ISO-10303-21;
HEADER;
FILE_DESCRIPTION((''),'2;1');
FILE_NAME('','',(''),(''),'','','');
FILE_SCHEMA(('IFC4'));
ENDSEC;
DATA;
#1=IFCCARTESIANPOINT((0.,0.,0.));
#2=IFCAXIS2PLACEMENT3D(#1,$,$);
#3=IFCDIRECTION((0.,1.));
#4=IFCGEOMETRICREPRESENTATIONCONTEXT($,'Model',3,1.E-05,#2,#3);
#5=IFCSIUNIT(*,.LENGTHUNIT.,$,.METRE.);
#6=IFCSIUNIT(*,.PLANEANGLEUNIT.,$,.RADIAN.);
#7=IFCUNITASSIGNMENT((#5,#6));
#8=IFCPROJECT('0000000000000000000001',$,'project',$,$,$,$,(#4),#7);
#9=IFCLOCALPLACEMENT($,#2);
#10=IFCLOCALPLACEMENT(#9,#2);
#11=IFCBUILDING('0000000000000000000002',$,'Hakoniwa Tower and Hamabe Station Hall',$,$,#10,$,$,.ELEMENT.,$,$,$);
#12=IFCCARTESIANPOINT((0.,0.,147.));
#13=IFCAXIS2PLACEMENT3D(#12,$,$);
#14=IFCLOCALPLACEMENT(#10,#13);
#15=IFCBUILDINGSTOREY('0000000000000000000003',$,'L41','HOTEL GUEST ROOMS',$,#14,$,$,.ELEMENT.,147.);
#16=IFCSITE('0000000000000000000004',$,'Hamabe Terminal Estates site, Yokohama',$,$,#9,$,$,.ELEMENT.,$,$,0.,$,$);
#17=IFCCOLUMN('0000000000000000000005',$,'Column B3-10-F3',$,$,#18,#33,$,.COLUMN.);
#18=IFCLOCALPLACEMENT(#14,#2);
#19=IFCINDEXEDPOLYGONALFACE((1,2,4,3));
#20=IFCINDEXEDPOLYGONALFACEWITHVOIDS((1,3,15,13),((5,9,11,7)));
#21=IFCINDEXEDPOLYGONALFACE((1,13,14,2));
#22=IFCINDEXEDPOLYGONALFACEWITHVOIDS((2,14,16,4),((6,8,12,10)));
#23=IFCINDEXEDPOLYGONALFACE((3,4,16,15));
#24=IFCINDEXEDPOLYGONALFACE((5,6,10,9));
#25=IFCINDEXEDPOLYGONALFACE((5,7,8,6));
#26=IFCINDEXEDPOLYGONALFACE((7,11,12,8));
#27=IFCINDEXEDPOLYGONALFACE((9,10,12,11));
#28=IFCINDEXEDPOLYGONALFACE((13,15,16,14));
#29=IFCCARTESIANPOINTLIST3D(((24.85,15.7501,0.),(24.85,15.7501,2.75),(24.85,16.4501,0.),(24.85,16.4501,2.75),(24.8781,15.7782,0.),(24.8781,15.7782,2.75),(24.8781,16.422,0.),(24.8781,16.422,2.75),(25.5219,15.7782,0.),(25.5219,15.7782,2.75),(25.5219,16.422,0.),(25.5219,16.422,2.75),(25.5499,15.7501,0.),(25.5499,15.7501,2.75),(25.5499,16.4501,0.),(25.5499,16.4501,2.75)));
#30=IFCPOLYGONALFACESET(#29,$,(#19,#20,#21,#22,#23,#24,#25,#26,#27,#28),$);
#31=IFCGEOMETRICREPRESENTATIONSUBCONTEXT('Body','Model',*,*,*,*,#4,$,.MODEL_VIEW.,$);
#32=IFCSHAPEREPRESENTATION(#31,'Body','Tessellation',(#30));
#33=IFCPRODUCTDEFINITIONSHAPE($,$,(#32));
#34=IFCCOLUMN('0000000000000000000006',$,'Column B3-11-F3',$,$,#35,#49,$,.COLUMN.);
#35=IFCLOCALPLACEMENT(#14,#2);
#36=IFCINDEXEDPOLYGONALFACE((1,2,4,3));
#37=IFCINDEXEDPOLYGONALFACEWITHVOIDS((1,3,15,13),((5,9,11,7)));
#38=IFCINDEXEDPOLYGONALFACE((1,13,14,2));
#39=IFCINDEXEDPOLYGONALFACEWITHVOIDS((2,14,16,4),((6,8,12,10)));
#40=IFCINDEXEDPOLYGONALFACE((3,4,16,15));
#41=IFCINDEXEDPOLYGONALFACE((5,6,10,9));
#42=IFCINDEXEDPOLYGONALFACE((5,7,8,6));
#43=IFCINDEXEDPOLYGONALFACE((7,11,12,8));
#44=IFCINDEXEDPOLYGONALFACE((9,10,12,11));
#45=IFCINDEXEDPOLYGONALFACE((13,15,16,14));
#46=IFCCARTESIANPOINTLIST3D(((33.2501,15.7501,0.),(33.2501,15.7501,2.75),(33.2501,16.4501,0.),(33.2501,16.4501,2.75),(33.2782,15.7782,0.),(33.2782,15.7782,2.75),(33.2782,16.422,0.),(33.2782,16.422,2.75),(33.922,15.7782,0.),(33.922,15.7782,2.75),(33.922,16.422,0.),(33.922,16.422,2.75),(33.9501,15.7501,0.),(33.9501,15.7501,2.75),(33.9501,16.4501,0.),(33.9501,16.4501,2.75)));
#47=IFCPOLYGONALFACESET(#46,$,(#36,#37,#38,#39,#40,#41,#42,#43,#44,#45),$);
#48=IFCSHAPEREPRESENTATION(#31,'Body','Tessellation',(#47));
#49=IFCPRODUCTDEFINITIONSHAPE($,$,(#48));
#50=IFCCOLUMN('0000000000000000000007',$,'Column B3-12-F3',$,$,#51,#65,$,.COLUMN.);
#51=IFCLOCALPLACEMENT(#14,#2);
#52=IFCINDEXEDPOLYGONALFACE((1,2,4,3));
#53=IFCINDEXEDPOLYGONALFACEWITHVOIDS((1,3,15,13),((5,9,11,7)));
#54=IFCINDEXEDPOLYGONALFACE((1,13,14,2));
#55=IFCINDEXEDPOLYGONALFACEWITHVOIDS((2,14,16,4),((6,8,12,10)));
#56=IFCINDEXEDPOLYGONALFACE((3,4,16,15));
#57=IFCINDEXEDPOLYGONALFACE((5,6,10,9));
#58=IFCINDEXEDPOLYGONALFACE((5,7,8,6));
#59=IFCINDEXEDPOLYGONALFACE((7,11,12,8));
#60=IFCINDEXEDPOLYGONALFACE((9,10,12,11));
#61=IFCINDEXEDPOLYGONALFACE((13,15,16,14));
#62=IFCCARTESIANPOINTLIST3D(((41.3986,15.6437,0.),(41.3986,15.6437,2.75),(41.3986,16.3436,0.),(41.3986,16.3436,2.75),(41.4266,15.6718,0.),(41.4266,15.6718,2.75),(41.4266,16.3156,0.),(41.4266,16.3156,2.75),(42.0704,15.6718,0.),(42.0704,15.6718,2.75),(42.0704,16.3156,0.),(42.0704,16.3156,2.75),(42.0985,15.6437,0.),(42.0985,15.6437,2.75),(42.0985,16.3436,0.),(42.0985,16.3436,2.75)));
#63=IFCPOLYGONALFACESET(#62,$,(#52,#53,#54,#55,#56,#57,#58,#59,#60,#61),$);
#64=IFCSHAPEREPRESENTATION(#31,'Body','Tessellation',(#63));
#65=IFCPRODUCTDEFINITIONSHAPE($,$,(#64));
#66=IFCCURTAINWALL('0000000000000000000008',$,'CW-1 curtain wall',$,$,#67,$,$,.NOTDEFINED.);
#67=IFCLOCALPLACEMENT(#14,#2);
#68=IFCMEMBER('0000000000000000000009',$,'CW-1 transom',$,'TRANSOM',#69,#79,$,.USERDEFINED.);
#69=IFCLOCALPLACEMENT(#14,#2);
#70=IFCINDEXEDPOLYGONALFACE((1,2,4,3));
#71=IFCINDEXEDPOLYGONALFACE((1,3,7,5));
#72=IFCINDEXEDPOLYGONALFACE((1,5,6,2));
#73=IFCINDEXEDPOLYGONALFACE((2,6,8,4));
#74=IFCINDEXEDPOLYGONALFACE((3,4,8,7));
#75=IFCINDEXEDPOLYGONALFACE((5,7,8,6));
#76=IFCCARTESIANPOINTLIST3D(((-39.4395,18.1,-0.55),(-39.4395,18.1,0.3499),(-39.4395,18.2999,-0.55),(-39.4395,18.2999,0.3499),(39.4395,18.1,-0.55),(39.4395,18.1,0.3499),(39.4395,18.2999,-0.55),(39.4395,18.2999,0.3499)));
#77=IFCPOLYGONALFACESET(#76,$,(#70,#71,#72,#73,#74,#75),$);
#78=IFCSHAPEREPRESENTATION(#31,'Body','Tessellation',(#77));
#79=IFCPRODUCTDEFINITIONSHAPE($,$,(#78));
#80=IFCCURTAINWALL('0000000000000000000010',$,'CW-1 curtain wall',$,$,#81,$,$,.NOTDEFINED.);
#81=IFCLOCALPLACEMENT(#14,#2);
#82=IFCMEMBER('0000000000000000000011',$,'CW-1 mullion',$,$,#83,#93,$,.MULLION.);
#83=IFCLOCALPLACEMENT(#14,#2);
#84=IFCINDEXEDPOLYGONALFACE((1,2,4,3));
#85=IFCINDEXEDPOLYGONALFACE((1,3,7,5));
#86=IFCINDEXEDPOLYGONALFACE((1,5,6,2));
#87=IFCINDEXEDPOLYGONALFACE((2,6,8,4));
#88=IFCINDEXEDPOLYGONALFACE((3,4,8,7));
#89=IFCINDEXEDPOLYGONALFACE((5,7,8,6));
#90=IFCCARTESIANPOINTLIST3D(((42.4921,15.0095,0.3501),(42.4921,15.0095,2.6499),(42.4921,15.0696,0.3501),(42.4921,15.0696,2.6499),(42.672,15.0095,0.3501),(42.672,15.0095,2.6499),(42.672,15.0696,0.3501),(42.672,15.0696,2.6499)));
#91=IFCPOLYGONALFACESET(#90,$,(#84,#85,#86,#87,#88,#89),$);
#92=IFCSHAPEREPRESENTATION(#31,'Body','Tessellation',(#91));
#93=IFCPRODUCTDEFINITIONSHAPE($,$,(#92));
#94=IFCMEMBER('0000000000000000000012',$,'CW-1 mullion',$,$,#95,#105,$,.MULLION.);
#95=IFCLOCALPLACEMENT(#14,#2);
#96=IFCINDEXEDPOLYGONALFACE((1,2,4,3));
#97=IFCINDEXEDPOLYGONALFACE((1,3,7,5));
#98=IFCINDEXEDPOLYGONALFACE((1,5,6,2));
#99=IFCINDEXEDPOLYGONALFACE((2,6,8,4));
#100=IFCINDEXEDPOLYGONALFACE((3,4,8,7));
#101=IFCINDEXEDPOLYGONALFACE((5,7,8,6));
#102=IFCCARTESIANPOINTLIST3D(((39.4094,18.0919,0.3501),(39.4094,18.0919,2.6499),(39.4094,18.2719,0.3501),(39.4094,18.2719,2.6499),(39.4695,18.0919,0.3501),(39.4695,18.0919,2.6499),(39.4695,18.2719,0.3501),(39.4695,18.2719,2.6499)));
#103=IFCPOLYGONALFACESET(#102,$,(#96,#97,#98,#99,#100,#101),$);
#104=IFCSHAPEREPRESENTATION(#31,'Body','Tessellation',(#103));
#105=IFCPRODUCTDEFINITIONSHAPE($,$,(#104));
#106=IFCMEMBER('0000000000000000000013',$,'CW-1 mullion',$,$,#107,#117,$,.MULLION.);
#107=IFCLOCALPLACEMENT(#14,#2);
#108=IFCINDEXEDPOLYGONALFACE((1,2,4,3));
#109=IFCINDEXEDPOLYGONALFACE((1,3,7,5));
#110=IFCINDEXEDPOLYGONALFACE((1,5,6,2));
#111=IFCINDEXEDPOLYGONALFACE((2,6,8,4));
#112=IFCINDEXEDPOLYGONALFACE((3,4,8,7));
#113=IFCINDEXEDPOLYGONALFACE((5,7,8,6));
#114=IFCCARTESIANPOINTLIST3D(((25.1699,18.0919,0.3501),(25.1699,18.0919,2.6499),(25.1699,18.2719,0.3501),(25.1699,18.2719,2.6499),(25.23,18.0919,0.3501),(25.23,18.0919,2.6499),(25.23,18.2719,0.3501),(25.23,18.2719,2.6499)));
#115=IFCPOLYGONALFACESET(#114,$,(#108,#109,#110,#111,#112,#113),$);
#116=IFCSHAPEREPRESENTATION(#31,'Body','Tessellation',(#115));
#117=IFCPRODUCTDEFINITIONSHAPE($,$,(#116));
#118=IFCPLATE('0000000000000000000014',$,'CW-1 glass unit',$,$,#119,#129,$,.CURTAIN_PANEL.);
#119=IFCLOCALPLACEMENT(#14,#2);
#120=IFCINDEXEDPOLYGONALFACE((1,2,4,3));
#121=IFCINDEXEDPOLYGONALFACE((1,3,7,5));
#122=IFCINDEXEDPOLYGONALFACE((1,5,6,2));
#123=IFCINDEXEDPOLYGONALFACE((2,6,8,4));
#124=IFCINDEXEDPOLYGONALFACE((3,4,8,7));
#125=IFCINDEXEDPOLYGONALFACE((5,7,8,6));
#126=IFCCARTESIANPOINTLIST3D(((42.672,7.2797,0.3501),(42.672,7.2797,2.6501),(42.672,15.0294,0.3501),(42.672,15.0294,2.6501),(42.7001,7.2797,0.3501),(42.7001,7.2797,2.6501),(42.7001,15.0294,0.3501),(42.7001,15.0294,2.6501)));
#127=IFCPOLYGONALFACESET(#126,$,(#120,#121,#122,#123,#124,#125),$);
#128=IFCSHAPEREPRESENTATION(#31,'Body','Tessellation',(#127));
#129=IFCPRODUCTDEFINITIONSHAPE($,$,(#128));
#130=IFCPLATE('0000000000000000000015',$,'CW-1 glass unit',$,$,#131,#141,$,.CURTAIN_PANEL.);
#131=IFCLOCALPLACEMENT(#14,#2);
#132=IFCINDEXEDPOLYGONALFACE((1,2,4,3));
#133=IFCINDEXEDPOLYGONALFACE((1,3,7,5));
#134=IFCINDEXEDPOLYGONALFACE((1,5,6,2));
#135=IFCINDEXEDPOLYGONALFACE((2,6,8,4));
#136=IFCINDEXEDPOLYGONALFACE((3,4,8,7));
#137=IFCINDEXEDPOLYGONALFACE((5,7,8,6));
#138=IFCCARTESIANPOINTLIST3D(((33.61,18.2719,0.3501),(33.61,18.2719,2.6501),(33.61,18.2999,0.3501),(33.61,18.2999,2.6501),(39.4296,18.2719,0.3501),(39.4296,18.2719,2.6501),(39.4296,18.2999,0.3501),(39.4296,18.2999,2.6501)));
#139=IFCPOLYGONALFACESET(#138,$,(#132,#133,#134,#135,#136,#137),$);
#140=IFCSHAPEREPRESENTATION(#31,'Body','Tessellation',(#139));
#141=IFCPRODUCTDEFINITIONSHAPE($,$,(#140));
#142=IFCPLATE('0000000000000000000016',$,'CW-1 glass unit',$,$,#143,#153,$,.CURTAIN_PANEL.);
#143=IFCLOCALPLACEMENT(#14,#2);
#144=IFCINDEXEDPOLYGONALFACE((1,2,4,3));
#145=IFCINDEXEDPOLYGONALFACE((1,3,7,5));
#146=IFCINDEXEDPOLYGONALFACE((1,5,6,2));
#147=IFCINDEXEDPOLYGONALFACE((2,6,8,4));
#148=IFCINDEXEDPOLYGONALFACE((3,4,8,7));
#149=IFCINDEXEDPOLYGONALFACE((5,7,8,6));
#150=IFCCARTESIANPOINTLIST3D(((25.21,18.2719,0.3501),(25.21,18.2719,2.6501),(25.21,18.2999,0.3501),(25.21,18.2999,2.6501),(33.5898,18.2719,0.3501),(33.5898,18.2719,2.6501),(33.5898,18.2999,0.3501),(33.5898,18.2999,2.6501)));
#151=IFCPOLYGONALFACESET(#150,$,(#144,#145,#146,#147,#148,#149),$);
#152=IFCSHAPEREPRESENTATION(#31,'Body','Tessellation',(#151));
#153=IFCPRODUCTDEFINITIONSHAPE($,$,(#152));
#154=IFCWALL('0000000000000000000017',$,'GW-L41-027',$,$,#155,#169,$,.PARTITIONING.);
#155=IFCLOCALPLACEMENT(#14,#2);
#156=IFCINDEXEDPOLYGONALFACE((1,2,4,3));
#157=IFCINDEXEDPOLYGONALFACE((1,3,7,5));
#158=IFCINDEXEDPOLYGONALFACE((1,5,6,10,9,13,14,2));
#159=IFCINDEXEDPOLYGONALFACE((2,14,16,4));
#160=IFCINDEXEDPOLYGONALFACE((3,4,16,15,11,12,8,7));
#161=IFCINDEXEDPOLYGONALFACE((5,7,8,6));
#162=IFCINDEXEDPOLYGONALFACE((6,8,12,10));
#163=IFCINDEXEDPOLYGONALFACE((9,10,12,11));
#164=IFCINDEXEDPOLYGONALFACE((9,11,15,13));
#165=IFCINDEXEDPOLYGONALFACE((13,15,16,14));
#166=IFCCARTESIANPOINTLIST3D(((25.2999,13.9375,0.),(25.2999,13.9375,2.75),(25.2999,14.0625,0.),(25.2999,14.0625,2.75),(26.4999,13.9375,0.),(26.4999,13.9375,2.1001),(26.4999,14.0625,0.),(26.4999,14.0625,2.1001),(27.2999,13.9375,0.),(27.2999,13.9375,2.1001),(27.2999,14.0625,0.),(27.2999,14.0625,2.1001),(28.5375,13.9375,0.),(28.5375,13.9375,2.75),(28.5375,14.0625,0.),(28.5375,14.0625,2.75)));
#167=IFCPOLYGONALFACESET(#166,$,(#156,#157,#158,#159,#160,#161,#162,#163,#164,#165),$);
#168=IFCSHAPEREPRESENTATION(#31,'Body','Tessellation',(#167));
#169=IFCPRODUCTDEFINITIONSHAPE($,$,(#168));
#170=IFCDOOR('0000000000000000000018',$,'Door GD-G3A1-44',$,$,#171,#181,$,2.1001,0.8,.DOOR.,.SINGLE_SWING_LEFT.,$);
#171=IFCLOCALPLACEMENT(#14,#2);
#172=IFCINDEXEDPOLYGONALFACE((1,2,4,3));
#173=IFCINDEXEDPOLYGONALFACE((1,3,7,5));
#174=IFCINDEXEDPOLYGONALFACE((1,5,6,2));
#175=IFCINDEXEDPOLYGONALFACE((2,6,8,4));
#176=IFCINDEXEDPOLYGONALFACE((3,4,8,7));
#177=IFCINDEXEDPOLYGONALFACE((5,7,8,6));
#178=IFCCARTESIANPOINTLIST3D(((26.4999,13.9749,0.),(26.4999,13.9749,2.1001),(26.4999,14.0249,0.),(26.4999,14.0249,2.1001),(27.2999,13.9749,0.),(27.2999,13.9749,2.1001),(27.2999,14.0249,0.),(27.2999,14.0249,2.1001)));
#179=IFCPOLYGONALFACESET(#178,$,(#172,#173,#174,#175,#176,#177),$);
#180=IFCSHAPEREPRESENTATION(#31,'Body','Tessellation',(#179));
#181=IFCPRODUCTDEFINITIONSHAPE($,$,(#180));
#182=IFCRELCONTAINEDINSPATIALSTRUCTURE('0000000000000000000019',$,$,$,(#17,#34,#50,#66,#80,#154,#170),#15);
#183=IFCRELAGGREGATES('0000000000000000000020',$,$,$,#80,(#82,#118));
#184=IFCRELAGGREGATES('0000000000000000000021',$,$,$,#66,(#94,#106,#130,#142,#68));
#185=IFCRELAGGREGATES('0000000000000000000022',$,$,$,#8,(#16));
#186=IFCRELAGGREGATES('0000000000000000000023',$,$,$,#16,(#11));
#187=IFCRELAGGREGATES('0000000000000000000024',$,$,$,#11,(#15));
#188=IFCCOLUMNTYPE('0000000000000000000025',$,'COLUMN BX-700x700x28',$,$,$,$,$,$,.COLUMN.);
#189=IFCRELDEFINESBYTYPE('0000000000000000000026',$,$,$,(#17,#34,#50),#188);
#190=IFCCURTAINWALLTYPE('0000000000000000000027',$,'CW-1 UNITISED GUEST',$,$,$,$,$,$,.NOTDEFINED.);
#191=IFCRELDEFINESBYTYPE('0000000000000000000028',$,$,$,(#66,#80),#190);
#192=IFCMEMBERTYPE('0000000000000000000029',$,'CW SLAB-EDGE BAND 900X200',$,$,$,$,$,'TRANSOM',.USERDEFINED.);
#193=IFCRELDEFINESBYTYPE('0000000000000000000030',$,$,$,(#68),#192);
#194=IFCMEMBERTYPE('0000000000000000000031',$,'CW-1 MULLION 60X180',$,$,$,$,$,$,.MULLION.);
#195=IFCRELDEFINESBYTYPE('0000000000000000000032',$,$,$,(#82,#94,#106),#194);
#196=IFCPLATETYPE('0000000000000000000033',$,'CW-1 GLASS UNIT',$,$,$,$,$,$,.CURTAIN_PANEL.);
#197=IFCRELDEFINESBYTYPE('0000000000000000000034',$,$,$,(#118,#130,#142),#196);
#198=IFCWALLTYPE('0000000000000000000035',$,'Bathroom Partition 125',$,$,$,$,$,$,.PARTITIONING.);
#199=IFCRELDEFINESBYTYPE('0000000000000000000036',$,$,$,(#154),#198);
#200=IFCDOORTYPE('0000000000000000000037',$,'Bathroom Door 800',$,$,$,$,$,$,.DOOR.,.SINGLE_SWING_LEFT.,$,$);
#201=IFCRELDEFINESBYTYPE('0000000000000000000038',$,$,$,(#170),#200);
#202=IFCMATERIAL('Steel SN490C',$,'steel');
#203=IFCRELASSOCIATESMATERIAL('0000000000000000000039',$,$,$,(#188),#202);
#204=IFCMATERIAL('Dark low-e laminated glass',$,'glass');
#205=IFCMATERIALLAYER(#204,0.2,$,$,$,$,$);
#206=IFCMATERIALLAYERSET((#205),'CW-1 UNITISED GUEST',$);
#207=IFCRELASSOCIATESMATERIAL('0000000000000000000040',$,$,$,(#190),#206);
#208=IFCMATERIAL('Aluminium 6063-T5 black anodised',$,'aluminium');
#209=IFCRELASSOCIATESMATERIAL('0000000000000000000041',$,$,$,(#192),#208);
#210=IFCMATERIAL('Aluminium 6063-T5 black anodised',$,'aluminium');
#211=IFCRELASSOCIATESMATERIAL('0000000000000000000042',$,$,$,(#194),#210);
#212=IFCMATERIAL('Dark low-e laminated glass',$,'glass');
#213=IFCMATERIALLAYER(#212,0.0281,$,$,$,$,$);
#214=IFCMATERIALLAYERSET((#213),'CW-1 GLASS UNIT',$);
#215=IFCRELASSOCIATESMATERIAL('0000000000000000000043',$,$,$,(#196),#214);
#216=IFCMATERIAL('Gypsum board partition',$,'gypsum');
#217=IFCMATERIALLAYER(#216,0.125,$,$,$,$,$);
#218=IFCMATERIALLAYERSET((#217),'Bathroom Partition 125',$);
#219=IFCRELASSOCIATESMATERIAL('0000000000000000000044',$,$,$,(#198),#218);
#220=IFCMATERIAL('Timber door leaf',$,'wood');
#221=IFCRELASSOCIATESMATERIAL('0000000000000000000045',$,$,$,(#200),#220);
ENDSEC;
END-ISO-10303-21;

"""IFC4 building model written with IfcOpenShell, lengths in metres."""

from ifc_helpers import new_model, si_unit, direction, frame, frame_2d, origin, origin_2d, place, context, subcontext, project, spatial, rectangle, hollow_rectangle, extrude, material, layer, layer_set, material_profile, profile_set, type_object, element, fill, aggregate, save


model = new_model("IFC4")

# Units and contexts
model_context = context("Model", 3, precision=1e-05, world=origin(), true_north=direction((0.0, 1.0)))
body_context = subcontext(model_context, "Body", "Model", "MODEL_VIEW")
ifc_project = project(units=[si_unit("LENGTHUNIT", "METRE"), si_unit("PLANEANGLEUNIT", "RADIAN")], contexts=[model_context])

# Site, building, storey
site_placement = place(None, origin())
site = spatial("IfcSite", under=ifc_project, at=site_placement, Name="Hamabe Terminal Estates site, Yokohama", CompositionType="ELEMENT", RefElevation=0.0)
building_placement = place(site_placement, origin())
building = spatial("IfcBuilding", under=site, at=building_placement, Name="Hakoniwa Tower and Hamabe Station Hall", CompositionType="ELEMENT")
storey_placement = place(building_placement, frame((0.0, 0.0, 147.0)))
storey = spatial("IfcBuildingStorey", under=building, at=storey_placement, Name="L41", Description="HOTEL GUEST ROOMS", CompositionType="ELEMENT", Elevation=147.0)

# Columns
ifc_material_1 = material(Name="Steel SN490C", Category="steel")
ifc_material_profile_1 = material_profile(ifc_material_1, hollow_rectangle(XDim=0.7, YDim=0.7, WallThickness=0.0281, at=origin_2d()), Name="BX-700x700x28")
ifc_profile_set_1 = profile_set([ifc_material_profile_1], Name="Steel SN490C")
column_type = type_object("IfcColumnType", Name="COLUMN BX-700x700x28", PredefinedType="COLUMN", material=ifc_profile_set_1)
for number, where, z_axis, x_axis, name in (
    (1, (25.2, 16.1001, 0.0), (0.0, 0.0, 1.0), (1.0, 0.0, 0.0), "Column B3-10-F3"),
    (2, (33.6001, 16.1001, 0.0), (0.0, 0.0, 1.0), (1.0, 0.0, 0.0), "Column B3-11-F3"),
    (3, (41.7485, 15.9937, 0.0), (0.0, 0.0, 1.0), (1.0, 0.0, 0.0), "Column B3-12-F3"),
):
    element("IfcColumn", number, at=place(storey_placement, frame(where, z_axis=z_axis, x_axis=x_axis)), inside=storey, type_object=column_type, Name=name, PredefinedType="COLUMN", context=body_context, shape_type="SweptSolid", body=[
        extrude(hollow_rectangle(XDim=0.7, YDim=0.7, WallThickness=0.0281, at=origin_2d()), origin(), (0.0, 0.0, 1.0), 2.75),
    ])

# Curtain walls, members
ifc_material_2 = material(Name="Dark low-e laminated glass", Category="glass")
ifc_layer_1 = layer(ifc_material_2, 0.2)
ifc_layer_set_1 = layer_set([ifc_layer_1], Name="CW-1 UNITISED GUEST")
curtain_wall_type = type_object("IfcCurtainWallType", Name="CW-1 UNITISED GUEST", PredefinedType="NOTDEFINED", material=ifc_layer_set_1)
curtain_wall_1_placement = place(storey_placement, origin())
curtain_wall_1 = element("IfcCurtainWall", 4, at=curtain_wall_1_placement, inside=storey, type_object=curtain_wall_type, Name="CW-1 curtain wall", PredefinedType="NOTDEFINED")
ifc_material_3 = material(Name="Aluminium 6063-T5 black anodised", Category="aluminium")
ifc_material_profile_2 = material_profile(ifc_material_3, rectangle(XDim=0.2, YDim=0.8999, at=origin_2d()), Name="CW SLAB-EDGE BAND 900X200")
ifc_profile_set_2 = profile_set([ifc_material_profile_2], Name="Aluminium 6063-T5 black anodised")
member_type_1 = type_object("IfcMemberType", Name="CW SLAB-EDGE BAND 900X200", ElementType="TRANSOM", PredefinedType="USERDEFINED", material=ifc_profile_set_2)
member_1_placement = place(storey_placement, frame((39.4395, 18.2, -0.1001), z_axis=(-1.0, 0.0, 0.0), x_axis=(0.0, -1.0, 0.0)))
member_1 = element("IfcMember", 5, at=member_1_placement, type_object=member_type_1, Name="CW-1 transom", ObjectType="TRANSOM", PredefinedType="USERDEFINED", context=body_context, shape_type="SweptSolid", body=[
    extrude(rectangle(XDim=0.2, YDim=0.8999, at=origin_2d()), origin(), (0.0, 0.0, 1.0), 78.8789),
])
curtain_wall_2_placement = place(storey_placement, origin())
curtain_wall_2 = element("IfcCurtainWall", 6, at=curtain_wall_2_placement, inside=storey, type_object=curtain_wall_type, Name="CW-1 curtain wall", PredefinedType="NOTDEFINED")
ifc_material_4 = material(Name="Aluminium 6063-T5 black anodised", Category="aluminium")
ifc_material_profile_3 = material_profile(ifc_material_4, rectangle(XDim=0.0601, YDim=0.1799, at=origin_2d()), Name="CW-1 MULLION 60X180")
ifc_profile_set_3 = profile_set([ifc_material_profile_3], Name="Aluminium 6063-T5 black anodised")
member_type_2 = type_object("IfcMemberType", Name="CW-1 MULLION 60X180", PredefinedType="MULLION", material=ifc_profile_set_3)
member_2_placement = place(storey_placement, frame((42.582, 15.0396, 0.3501), z_axis=(0.0, 0.0, 1.0), x_axis=(0.0, 1.0, 0.0)))
member_2 = element("IfcMember", 7, at=member_2_placement, type_object=member_type_2, Name="CW-1 mullion", PredefinedType="MULLION", context=body_context, shape_type="SweptSolid", body=[
    extrude(rectangle(XDim=0.0601, YDim=0.1799, at=origin_2d()), origin(), (0.0, 0.0, 1.0), 2.2998),
])

# Members
member_3_placement = place(storey_placement, frame((39.4395, 18.1819, 0.3501), z_axis=(0.0, 0.0, 1.0), x_axis=(-1.0, 0.0, 0.0)))
member_3 = element("IfcMember", 8, at=member_3_placement, type_object=member_type_2, Name="CW-1 mullion", PredefinedType="MULLION", context=body_context, shape_type="SweptSolid", body=[
    extrude(rectangle(XDim=0.0601, YDim=0.1799, at=origin_2d()), origin(), (0.0, 0.0, 1.0), 2.2998),
])
member_4_placement = place(storey_placement, frame((25.2, 18.1819, 0.3501), z_axis=(0.0, 0.0, 1.0), x_axis=(-1.0, 0.0, 0.0)))
member_4 = element("IfcMember", 9, at=member_4_placement, type_object=member_type_2, Name="CW-1 mullion", PredefinedType="MULLION", context=body_context, shape_type="SweptSolid", body=[
    extrude(rectangle(XDim=0.0601, YDim=0.1799, at=origin_2d()), origin(), (0.0, 0.0, 1.0), 2.2998),
])

# Plates
ifc_material_5 = material(Name="Dark low-e laminated glass", Category="glass")
ifc_layer_2 = layer(ifc_material_5, 0.0281)
ifc_layer_set_2 = layer_set([ifc_layer_2], Name="CW-1 GLASS UNIT")
plate_type = type_object("IfcPlateType", Name="CW-1 GLASS UNIT", PredefinedType="CURTAIN_PANEL", material=ifc_layer_set_2)
plate_1_placement = place(storey_placement, frame((42.686, 11.1545, 0.3501), z_axis=(0.0, 0.0, 1.0), x_axis=(0.0, 1.0, 0.0)))
plate_1 = element("IfcPlate", 10, at=plate_1_placement, type_object=plate_type, Name="CW-1 glass unit", PredefinedType="CURTAIN_PANEL", context=body_context, shape_type="SweptSolid", body=[
    extrude(rectangle(XDim=7.7498, YDim=0.0281, at=origin_2d()), origin(), (0.0, 0.0, 1.0), 2.3),
])
aggregate(curtain_wall_2, [member_2, plate_1])
plate_2_placement = place(storey_placement, frame((36.5198, 18.2859, 0.3501), z_axis=(0.0, 0.0, 1.0), x_axis=(-1.0, 0.0, 0.0)))
plate_2 = element("IfcPlate", 11, at=plate_2_placement, type_object=plate_type, Name="CW-1 glass unit", PredefinedType="CURTAIN_PANEL", context=body_context, shape_type="SweptSolid", body=[
    extrude(rectangle(XDim=5.8196, YDim=0.0281, at=origin_2d()), origin(), (0.0, 0.0, 1.0), 2.3),
])
plate_3_placement = place(storey_placement, frame((29.3999, 18.2859, 0.3501), z_axis=(0.0, 0.0, 1.0), x_axis=(-1.0, 0.0, 0.0)))
plate_3 = element("IfcPlate", 12, at=plate_3_placement, type_object=plate_type, Name="CW-1 glass unit", PredefinedType="CURTAIN_PANEL", context=body_context, shape_type="SweptSolid", body=[
    extrude(rectangle(XDim=8.3799, YDim=0.0281, at=origin_2d()), origin(), (0.0, 0.0, 1.0), 2.3),
])
aggregate(curtain_wall_1, [member_3, member_4, plate_2, plate_3, member_1])

# Wall, opening, door
ifc_material_6 = material(Name="Gypsum board partition", Category="gypsum")
ifc_layer_3 = layer(ifc_material_6, 0.125)
ifc_layer_set_3 = layer_set([ifc_layer_3], Name="Bathroom Partition 125")
wall_type_1 = type_object("IfcWallType", Name="Bathroom Partition 125", PredefinedType="PARTITIONING", material=ifc_layer_set_3)
wall_1_placement = place(storey_placement, frame((25.3, 14.0, 0.0), z_axis=(0.0, 0.0, 1.0), x_axis=(1.0, 0.0, 0.0)))
wall_1 = element("IfcWall", 13, at=wall_1_placement, inside=storey, type_object=wall_type_1, Name="GW-L41-027", PredefinedType="PARTITIONING", context=body_context, shape_type="SweptSolid", body=[
    extrude(rectangle(XDim=3.2375, YDim=0.125, at=frame_2d((1.6187, 0.0))), origin(), (0.0, 0.0, 1.0), 2.75),
])
opening_1_placement = place(wall_1_placement, frame((1.2, 0.0, 0.0)))
opening_1 = element("IfcOpeningElement", 14, at=opening_1_placement, cuts=wall_1, PredefinedType="OPENING", context=body_context, shape_type="SweptSolid", body=[
    extrude(rectangle(XDim=0.8, YDim=2.1001, at=frame_2d((0.3999, 1.05))), frame((0.0, 0.0725, 0.0), z_axis=(0.0, -1.0, 0.0), x_axis=(1.0, 0.0, 0.0)), (0.0, 0.0, 1.0), 0.145),
])
ifc_material_7 = material(Name="Timber door leaf", Category="wood")
door_type = type_object("IfcDoorType", Name="Bathroom Door 800", OperationType="SINGLE_SWING_LEFT", PredefinedType="DOOR", material=ifc_material_7)
door_1_placement = place(opening_1_placement, origin())
door_1 = element("IfcDoor", 15, at=door_1_placement, inside=storey, type_object=door_type, Name="Door GD-G3A1-44", OperationType="SINGLE_SWING_LEFT", OverallHeight=2.1001, OverallWidth=0.8, PredefinedType="DOOR", context=body_context, shape_type="SweptSolid", body=[
    extrude(rectangle(XDim=0.8, YDim=2.1001, at=frame_2d((0.3999, 1.05))), frame((0.0, 0.0249, 0.0), z_axis=(0.0, -1.0, 0.0), x_axis=(1.0, 0.0, 0.0)), (0.0, 0.0, 1.0), 0.05),
])
fill(opening_1, door_1)

save(model, "model.ifc")
